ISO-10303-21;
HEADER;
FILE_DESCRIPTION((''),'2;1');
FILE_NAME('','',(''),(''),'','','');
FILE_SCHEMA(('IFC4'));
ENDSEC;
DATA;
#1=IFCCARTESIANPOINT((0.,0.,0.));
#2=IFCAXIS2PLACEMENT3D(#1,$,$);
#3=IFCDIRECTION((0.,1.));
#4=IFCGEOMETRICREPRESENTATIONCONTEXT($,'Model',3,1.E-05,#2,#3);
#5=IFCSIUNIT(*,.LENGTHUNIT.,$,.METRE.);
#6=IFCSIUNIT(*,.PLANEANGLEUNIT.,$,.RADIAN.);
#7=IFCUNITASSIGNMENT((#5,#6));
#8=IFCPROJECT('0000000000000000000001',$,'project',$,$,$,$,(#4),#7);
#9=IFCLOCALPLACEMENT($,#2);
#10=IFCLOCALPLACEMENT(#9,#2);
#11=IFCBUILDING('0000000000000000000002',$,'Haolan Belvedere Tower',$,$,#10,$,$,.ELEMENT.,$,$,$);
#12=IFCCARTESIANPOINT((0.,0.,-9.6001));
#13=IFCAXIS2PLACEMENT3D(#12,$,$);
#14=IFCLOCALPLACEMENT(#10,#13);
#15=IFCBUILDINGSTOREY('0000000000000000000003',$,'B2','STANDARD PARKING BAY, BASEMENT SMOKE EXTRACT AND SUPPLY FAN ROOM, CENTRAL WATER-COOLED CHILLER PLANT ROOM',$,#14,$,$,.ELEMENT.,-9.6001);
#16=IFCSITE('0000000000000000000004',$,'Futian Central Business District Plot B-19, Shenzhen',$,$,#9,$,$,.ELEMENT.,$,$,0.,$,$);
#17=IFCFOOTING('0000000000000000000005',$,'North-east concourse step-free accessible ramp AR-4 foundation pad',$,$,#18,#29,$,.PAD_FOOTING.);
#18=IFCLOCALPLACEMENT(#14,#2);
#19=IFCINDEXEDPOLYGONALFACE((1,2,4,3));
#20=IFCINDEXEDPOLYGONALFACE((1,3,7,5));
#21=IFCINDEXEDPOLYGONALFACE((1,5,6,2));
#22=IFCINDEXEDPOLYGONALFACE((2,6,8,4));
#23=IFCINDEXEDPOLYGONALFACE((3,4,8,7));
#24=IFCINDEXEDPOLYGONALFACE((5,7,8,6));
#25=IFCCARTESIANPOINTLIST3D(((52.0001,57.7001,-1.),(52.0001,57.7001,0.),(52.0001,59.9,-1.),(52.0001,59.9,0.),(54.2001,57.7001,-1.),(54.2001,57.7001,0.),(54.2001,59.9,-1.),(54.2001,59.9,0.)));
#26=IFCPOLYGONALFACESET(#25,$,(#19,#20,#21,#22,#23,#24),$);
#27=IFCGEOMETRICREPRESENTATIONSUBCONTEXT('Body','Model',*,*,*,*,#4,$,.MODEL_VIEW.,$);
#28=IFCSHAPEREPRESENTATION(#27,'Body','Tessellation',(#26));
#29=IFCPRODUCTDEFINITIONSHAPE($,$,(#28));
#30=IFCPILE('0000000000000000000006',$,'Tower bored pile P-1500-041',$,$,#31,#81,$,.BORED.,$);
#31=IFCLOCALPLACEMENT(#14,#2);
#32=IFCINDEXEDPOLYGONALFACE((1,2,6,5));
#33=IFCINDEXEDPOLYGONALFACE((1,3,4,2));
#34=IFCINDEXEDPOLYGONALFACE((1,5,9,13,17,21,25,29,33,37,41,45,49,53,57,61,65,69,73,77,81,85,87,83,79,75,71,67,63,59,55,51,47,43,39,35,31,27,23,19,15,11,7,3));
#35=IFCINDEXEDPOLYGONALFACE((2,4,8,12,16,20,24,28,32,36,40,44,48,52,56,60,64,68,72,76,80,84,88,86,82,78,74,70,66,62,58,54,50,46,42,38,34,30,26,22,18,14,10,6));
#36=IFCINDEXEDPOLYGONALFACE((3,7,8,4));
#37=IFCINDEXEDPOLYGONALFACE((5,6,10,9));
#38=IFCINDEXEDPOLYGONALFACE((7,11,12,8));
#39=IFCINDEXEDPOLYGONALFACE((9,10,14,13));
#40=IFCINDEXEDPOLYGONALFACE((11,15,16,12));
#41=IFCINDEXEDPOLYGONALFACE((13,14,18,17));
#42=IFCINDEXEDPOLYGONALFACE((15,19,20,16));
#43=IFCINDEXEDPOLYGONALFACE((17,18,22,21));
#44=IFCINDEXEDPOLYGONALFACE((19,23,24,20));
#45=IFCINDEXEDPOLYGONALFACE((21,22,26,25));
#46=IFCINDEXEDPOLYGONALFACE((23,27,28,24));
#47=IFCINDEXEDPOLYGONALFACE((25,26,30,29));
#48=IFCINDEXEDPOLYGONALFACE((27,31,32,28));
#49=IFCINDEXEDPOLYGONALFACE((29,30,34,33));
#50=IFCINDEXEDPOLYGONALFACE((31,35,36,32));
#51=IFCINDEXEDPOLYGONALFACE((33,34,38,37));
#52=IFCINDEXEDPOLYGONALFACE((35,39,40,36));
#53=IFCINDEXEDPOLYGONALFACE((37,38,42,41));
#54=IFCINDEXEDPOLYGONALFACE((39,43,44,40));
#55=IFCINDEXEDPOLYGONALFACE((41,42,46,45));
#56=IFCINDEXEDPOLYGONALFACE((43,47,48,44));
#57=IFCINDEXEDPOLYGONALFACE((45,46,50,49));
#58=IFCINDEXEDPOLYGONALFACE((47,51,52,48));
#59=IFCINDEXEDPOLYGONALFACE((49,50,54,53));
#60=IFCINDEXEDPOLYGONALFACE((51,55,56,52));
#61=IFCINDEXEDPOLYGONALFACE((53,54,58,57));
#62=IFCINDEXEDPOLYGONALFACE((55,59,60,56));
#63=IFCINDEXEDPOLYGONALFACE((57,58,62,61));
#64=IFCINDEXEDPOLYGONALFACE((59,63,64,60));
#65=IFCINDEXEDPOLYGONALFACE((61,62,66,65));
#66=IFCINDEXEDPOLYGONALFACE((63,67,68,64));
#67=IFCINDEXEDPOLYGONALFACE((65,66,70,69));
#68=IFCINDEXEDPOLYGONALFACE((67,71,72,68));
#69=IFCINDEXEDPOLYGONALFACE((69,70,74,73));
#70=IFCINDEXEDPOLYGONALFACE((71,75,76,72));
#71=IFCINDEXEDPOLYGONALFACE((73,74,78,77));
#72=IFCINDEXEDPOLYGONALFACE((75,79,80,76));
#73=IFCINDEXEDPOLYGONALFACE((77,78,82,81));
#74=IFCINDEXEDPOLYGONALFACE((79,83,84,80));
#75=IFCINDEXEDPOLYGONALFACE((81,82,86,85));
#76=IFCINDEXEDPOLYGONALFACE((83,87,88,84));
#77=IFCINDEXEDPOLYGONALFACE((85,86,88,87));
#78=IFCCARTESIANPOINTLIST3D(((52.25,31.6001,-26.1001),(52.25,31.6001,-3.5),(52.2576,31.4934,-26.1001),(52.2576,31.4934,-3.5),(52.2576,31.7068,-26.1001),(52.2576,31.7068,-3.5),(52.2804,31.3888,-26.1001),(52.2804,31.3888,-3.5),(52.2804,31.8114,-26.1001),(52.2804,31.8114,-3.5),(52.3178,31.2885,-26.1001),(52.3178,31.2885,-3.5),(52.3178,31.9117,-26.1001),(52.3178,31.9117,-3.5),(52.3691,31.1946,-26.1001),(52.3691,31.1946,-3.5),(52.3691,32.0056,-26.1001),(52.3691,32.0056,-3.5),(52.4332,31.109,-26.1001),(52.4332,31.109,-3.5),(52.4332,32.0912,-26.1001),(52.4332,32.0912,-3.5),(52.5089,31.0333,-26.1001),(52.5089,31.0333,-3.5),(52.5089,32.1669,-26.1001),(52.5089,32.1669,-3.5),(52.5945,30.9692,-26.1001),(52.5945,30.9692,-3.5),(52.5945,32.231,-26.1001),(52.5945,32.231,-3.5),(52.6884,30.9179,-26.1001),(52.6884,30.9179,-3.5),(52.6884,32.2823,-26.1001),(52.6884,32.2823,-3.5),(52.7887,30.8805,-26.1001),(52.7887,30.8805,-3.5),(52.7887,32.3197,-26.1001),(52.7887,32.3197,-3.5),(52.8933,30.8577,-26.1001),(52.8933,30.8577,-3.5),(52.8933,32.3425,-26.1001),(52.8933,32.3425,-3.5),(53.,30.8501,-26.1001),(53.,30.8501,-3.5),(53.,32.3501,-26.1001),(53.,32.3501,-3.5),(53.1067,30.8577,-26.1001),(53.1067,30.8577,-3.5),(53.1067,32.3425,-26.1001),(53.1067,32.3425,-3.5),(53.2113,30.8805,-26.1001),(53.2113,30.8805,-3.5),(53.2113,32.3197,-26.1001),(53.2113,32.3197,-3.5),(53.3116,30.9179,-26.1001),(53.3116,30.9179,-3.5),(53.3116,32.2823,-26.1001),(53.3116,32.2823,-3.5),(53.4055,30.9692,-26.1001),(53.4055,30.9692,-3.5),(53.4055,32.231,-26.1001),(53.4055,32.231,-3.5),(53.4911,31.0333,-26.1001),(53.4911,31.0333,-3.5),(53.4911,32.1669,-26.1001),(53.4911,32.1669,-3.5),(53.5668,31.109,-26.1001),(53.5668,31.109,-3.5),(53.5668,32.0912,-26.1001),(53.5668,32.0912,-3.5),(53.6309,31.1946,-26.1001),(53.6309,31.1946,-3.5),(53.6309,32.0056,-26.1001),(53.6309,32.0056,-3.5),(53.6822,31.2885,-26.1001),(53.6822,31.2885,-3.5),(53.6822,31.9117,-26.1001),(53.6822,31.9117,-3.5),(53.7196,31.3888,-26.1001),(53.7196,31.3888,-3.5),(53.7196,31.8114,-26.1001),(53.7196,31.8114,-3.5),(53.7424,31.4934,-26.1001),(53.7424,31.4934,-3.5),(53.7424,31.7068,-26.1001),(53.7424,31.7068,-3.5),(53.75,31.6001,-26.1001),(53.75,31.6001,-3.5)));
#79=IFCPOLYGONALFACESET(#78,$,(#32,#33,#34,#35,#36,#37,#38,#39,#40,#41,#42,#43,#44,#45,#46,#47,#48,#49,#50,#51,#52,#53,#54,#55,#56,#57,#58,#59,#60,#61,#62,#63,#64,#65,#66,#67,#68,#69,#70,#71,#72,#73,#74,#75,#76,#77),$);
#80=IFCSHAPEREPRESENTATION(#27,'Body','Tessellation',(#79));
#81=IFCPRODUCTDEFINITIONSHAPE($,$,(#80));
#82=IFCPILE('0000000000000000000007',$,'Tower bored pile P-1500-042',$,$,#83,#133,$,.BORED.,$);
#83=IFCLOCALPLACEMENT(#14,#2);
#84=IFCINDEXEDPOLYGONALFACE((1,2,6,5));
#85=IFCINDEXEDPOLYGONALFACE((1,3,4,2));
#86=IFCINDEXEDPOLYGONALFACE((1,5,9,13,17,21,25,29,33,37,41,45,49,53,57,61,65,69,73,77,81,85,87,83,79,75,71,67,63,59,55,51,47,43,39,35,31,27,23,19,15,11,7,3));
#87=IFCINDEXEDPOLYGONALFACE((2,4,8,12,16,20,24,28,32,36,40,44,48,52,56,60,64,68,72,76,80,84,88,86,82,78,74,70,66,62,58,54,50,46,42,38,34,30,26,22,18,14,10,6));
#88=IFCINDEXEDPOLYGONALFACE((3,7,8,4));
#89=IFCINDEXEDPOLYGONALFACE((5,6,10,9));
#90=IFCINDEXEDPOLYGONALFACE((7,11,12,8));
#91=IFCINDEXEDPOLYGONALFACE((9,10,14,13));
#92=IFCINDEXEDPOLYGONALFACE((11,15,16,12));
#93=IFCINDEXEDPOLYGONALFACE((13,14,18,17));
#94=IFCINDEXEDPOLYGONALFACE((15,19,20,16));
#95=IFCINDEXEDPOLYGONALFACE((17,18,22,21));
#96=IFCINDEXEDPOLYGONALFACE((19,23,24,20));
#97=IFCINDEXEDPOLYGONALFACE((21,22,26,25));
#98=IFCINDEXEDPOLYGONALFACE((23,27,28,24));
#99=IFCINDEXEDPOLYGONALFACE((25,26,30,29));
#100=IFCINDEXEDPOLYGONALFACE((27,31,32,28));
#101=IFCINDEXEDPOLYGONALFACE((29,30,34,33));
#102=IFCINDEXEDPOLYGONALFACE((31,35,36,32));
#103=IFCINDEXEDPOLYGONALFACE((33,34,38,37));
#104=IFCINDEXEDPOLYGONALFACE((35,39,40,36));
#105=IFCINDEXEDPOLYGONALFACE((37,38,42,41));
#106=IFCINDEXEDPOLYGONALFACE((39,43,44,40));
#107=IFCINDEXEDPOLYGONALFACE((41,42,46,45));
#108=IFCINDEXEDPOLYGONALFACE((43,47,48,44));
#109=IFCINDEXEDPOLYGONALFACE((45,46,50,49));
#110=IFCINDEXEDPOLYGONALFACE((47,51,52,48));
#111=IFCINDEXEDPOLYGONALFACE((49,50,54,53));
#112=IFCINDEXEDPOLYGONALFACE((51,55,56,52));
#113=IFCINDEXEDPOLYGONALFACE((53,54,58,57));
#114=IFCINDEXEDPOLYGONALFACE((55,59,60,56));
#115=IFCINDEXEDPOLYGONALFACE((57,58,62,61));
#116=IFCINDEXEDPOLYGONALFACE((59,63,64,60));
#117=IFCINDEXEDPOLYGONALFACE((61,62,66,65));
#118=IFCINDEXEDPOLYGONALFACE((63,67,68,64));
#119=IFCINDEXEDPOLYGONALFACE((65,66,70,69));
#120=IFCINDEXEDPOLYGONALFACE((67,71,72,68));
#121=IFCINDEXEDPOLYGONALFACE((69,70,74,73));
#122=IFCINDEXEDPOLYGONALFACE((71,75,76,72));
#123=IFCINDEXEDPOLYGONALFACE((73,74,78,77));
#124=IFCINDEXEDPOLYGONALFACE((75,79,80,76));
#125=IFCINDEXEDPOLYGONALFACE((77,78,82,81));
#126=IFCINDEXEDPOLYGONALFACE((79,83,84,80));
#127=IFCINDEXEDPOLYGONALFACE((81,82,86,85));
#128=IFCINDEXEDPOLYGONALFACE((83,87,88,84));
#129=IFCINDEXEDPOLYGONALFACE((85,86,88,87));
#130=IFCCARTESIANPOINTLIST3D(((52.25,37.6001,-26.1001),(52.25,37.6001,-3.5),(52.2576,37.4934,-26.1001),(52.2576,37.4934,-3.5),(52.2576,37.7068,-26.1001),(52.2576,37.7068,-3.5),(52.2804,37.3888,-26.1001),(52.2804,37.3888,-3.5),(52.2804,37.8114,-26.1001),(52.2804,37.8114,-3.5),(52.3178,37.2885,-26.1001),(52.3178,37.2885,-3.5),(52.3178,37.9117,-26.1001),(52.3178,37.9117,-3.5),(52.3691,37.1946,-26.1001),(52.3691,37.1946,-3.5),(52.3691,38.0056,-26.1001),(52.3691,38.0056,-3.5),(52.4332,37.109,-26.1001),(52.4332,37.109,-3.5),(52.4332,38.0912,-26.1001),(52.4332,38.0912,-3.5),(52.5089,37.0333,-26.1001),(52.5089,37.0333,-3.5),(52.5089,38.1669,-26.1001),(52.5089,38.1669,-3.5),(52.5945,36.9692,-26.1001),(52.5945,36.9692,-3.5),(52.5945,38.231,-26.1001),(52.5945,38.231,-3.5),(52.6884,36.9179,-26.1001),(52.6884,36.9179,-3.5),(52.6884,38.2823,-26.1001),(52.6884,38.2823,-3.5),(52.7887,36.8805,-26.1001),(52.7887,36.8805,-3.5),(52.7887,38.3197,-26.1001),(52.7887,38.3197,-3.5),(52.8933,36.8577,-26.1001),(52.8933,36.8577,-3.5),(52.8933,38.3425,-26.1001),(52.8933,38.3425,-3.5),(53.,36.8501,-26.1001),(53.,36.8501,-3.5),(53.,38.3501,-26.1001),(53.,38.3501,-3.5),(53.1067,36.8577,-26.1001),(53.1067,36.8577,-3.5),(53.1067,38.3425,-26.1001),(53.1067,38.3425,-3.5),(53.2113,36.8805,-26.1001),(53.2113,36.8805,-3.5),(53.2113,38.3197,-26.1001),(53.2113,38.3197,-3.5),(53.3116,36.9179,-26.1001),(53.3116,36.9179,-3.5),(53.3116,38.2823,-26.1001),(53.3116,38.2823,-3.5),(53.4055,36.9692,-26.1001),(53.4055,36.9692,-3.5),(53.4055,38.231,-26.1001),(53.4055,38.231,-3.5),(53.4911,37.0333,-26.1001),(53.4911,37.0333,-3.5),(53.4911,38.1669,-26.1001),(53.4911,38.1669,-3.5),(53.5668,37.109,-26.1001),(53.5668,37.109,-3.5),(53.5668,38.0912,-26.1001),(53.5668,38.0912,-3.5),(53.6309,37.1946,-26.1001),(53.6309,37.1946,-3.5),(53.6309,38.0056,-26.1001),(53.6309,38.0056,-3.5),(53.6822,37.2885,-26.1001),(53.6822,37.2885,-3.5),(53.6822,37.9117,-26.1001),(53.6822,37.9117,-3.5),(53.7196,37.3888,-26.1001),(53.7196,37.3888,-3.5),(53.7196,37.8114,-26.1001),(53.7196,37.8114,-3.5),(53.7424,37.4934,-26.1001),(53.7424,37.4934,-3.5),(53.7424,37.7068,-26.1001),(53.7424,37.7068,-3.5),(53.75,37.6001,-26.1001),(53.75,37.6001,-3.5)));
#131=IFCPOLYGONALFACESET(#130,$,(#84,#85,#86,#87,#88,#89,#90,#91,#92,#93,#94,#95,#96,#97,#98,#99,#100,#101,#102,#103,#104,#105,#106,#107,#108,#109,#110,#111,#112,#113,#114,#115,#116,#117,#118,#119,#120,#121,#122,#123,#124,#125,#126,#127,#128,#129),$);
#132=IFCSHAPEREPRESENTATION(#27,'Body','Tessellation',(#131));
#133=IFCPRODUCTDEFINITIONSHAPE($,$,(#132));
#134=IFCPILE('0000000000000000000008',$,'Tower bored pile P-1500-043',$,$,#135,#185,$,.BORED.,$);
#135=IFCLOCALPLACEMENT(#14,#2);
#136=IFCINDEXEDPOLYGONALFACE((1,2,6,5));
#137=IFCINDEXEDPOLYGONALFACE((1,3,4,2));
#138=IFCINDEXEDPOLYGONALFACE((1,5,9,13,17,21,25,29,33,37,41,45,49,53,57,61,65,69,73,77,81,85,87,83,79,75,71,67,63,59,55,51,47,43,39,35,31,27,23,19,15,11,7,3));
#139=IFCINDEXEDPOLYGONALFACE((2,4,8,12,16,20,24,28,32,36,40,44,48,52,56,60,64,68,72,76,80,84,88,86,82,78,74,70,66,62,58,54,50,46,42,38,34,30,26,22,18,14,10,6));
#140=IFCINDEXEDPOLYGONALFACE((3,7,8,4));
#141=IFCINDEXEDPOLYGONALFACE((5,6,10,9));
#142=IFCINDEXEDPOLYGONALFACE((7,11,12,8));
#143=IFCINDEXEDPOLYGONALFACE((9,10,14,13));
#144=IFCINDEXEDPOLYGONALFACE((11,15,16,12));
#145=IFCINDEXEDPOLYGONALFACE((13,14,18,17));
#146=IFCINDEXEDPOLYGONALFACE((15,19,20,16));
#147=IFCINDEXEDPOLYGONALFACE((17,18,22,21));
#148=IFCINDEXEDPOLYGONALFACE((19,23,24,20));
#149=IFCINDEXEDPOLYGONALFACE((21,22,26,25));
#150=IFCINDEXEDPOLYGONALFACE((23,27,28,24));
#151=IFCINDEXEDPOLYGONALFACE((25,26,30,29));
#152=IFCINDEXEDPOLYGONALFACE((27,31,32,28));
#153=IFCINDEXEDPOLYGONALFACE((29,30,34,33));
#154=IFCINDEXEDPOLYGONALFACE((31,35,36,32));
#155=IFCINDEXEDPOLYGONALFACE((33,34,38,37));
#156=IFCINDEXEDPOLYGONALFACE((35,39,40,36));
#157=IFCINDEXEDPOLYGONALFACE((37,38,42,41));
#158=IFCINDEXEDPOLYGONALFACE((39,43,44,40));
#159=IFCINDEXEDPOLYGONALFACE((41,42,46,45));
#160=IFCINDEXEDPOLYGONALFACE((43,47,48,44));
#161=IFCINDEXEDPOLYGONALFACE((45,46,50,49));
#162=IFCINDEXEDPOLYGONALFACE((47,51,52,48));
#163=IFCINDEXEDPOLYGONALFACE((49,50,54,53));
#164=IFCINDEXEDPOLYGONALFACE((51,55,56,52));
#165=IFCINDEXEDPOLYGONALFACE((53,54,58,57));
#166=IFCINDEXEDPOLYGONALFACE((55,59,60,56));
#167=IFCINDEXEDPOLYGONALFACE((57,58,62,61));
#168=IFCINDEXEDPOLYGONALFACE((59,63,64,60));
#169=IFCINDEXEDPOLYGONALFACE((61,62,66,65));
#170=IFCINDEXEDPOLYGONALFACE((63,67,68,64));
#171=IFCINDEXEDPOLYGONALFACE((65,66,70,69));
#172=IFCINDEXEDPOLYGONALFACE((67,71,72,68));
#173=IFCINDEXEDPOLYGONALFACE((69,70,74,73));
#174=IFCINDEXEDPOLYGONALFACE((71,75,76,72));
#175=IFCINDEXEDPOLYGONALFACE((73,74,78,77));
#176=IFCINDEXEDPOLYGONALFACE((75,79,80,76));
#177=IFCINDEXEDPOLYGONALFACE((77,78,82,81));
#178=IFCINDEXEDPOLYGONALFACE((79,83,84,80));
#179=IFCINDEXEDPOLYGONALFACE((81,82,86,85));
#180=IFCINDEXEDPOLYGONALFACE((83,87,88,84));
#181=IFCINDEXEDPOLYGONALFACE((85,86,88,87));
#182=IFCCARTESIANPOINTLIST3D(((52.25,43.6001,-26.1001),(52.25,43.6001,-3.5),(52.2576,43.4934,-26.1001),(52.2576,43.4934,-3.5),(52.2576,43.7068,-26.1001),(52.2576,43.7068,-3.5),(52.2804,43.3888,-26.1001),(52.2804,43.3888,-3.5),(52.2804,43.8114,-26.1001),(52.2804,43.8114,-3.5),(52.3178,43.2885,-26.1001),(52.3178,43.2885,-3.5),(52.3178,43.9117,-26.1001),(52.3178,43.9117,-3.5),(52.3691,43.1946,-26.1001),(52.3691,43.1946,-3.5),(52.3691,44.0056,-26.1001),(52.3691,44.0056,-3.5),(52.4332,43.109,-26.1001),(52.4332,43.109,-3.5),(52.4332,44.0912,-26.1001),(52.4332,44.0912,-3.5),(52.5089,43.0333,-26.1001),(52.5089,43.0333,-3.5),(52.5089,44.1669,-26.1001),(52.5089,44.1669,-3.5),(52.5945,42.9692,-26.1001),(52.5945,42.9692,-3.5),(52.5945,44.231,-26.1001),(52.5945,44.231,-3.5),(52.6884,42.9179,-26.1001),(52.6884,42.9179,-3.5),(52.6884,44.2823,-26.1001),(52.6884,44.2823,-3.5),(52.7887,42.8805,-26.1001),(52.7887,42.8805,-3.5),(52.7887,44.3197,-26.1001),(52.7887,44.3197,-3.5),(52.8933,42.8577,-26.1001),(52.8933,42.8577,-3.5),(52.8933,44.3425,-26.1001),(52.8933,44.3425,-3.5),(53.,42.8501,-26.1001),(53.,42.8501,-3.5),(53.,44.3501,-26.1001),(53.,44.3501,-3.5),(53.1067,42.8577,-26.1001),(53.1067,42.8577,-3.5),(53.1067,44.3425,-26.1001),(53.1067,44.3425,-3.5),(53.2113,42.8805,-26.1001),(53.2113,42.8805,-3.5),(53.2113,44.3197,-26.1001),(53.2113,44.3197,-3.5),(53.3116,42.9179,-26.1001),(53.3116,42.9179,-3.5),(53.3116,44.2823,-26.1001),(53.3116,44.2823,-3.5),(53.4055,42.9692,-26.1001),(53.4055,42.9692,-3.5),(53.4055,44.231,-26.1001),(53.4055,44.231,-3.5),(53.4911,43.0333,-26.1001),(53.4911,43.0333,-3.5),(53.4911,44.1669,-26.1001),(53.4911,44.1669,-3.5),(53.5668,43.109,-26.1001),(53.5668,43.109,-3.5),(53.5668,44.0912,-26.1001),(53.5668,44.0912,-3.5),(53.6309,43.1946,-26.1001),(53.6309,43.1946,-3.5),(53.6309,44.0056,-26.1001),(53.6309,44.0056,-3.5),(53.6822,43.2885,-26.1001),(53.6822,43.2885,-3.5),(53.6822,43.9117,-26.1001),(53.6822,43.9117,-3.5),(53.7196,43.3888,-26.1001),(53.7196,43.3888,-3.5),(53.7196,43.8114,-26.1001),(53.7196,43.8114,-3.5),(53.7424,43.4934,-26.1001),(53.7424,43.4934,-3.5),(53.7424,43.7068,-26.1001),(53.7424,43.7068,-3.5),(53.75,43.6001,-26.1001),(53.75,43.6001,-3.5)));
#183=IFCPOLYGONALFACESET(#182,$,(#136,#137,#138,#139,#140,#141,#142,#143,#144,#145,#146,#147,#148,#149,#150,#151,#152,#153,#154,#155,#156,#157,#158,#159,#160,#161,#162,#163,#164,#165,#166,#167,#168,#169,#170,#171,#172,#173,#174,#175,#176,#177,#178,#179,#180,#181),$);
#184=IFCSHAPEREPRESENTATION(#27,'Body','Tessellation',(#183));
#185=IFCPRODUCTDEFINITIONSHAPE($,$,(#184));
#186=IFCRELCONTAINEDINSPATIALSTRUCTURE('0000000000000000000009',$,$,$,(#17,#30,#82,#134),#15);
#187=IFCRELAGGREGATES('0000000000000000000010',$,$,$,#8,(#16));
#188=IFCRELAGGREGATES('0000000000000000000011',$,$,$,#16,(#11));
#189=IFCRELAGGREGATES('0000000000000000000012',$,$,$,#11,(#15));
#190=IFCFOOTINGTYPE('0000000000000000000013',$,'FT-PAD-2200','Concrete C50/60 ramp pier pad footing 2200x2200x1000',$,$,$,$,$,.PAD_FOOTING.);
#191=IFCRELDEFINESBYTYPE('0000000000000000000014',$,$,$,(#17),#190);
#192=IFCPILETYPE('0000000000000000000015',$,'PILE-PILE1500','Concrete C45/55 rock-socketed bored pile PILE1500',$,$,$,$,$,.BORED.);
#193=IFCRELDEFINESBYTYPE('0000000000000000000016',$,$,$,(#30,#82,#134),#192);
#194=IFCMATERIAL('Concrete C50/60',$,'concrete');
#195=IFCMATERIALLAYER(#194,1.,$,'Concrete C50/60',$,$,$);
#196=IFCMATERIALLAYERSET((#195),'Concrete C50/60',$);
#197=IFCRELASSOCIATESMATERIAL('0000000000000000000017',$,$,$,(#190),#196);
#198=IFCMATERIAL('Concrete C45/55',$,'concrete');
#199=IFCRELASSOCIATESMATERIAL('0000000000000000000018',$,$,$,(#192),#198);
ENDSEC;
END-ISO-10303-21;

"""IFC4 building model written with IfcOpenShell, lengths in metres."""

from ifc_helpers import new_model, si_unit, direction, frame, origin, origin_2d, place, context, subcontext, project, spatial, rectangle, circle, extrude, material, layer, layer_set, material_profile, profile_set, type_object, element, save


model = new_model("IFC4")

# Units and contexts
model_context = context("Model", 3, precision=1e-05, world=origin(), true_north=direction((0.0, 1.0)))
body_context = subcontext(model_context, "Body", "Model", "MODEL_VIEW")
ifc_project = project(units=[si_unit("LENGTHUNIT", "METRE"), si_unit("PLANEANGLEUNIT", "RADIAN")], contexts=[model_context])

# Site, building, storey
site_placement = place(None, origin())
site = spatial("IfcSite", under=ifc_project, at=site_placement, Name="Futian Central Business District Plot B-19, Shenzhen", CompositionType="ELEMENT", RefElevation=0.0)
building_placement = place(site_placement, origin())
building = spatial("IfcBuilding", under=site, at=building_placement, Name="Haolan Belvedere Tower", CompositionType="ELEMENT")
storey_placement = place(building_placement, frame((0.0, 0.0, -9.6001)))
storey = spatial("IfcBuildingStorey", under=building, at=storey_placement, Name="B2", Description="STANDARD PARKING BAY, BASEMENT SMOKE EXTRACT AND SUPPLY FAN ROOM, CENTRAL WATER-COOLED CHILLER PLANT ROOM", CompositionType="ELEMENT", Elevation=-9.6001)

# Footing
ifc_material_1 = material(Name="Concrete C50/60", Category="concrete")
ifc_layer_1 = layer(ifc_material_1, 1.0, Name="Concrete C50/60")
ifc_layer_set_1 = layer_set([ifc_layer_1], Name="Concrete C50/60")
footing_type = type_object("IfcFootingType", Name="FT-PAD-2200", Description="Concrete C50/60 ramp pier pad footing 2200x2200x1000", PredefinedType="PAD_FOOTING", material=ifc_layer_set_1)
footing_placement = place(storey_placement, frame((53.1001, 58.8, -1.0), z_axis=(0.0, 0.0, 1.0), x_axis=(1.0, 0.0, 0.0)))
element("IfcFooting", 1, at=footing_placement, inside=storey, type_object=footing_type, Name="North-east concourse step-free accessible ramp AR-4 foundation pad", PredefinedType="PAD_FOOTING", context=body_context, shape_type="SweptSolid", body=[
    extrude(rectangle(XDim=2.2, YDim=2.2, at=origin_2d()), origin(), (0.0, 0.0, 1.0), 1.0),
])

# Piles
ifc_material_2 = material(Name="Concrete C45/55", Category="concrete")
ifc_material_profile_1 = material_profile(ifc_material_2, circle(Radius=0.75, at=origin_2d()), Name="Concrete C45/55")
ifc_profile_set_1 = profile_set([ifc_material_profile_1], Name="Concrete C45/55")
pile_type_1 = type_object("IfcPileType", Name="PILE-PILE1500", Description="Concrete C45/55 rock-socketed bored pile PILE1500", PredefinedType="BORED", material=ifc_profile_set_1)
for number, where, z_axis, x_axis, name in (
    (2, (53.0, 31.6001, -3.5), (0.0, 0.0, -1.0), (1.0, 0.0, 0.0), "Tower bored pile P-1500-041"),
    (3, (53.0, 37.6001, -3.5), (0.0, 0.0, -1.0), (1.0, 0.0, 0.0), "Tower bored pile P-1500-042"),
    (4, (53.0, 43.6001, -3.5), (0.0, 0.0, -1.0), (1.0, 0.0, 0.0), "Tower bored pile P-1500-043"),
):
    element("IfcPile", number, at=place(storey_placement, frame(where, z_axis=z_axis, x_axis=x_axis)), inside=storey, type_object=pile_type_1, Name=name, PredefinedType="BORED", context=body_context, shape_type="SweptSolid", body=[
        extrude(circle(Radius=0.75, at=origin_2d()), origin(), (0.0, 0.0, 1.0), 22.6001),
    ])

save(model, "model.ifc")
